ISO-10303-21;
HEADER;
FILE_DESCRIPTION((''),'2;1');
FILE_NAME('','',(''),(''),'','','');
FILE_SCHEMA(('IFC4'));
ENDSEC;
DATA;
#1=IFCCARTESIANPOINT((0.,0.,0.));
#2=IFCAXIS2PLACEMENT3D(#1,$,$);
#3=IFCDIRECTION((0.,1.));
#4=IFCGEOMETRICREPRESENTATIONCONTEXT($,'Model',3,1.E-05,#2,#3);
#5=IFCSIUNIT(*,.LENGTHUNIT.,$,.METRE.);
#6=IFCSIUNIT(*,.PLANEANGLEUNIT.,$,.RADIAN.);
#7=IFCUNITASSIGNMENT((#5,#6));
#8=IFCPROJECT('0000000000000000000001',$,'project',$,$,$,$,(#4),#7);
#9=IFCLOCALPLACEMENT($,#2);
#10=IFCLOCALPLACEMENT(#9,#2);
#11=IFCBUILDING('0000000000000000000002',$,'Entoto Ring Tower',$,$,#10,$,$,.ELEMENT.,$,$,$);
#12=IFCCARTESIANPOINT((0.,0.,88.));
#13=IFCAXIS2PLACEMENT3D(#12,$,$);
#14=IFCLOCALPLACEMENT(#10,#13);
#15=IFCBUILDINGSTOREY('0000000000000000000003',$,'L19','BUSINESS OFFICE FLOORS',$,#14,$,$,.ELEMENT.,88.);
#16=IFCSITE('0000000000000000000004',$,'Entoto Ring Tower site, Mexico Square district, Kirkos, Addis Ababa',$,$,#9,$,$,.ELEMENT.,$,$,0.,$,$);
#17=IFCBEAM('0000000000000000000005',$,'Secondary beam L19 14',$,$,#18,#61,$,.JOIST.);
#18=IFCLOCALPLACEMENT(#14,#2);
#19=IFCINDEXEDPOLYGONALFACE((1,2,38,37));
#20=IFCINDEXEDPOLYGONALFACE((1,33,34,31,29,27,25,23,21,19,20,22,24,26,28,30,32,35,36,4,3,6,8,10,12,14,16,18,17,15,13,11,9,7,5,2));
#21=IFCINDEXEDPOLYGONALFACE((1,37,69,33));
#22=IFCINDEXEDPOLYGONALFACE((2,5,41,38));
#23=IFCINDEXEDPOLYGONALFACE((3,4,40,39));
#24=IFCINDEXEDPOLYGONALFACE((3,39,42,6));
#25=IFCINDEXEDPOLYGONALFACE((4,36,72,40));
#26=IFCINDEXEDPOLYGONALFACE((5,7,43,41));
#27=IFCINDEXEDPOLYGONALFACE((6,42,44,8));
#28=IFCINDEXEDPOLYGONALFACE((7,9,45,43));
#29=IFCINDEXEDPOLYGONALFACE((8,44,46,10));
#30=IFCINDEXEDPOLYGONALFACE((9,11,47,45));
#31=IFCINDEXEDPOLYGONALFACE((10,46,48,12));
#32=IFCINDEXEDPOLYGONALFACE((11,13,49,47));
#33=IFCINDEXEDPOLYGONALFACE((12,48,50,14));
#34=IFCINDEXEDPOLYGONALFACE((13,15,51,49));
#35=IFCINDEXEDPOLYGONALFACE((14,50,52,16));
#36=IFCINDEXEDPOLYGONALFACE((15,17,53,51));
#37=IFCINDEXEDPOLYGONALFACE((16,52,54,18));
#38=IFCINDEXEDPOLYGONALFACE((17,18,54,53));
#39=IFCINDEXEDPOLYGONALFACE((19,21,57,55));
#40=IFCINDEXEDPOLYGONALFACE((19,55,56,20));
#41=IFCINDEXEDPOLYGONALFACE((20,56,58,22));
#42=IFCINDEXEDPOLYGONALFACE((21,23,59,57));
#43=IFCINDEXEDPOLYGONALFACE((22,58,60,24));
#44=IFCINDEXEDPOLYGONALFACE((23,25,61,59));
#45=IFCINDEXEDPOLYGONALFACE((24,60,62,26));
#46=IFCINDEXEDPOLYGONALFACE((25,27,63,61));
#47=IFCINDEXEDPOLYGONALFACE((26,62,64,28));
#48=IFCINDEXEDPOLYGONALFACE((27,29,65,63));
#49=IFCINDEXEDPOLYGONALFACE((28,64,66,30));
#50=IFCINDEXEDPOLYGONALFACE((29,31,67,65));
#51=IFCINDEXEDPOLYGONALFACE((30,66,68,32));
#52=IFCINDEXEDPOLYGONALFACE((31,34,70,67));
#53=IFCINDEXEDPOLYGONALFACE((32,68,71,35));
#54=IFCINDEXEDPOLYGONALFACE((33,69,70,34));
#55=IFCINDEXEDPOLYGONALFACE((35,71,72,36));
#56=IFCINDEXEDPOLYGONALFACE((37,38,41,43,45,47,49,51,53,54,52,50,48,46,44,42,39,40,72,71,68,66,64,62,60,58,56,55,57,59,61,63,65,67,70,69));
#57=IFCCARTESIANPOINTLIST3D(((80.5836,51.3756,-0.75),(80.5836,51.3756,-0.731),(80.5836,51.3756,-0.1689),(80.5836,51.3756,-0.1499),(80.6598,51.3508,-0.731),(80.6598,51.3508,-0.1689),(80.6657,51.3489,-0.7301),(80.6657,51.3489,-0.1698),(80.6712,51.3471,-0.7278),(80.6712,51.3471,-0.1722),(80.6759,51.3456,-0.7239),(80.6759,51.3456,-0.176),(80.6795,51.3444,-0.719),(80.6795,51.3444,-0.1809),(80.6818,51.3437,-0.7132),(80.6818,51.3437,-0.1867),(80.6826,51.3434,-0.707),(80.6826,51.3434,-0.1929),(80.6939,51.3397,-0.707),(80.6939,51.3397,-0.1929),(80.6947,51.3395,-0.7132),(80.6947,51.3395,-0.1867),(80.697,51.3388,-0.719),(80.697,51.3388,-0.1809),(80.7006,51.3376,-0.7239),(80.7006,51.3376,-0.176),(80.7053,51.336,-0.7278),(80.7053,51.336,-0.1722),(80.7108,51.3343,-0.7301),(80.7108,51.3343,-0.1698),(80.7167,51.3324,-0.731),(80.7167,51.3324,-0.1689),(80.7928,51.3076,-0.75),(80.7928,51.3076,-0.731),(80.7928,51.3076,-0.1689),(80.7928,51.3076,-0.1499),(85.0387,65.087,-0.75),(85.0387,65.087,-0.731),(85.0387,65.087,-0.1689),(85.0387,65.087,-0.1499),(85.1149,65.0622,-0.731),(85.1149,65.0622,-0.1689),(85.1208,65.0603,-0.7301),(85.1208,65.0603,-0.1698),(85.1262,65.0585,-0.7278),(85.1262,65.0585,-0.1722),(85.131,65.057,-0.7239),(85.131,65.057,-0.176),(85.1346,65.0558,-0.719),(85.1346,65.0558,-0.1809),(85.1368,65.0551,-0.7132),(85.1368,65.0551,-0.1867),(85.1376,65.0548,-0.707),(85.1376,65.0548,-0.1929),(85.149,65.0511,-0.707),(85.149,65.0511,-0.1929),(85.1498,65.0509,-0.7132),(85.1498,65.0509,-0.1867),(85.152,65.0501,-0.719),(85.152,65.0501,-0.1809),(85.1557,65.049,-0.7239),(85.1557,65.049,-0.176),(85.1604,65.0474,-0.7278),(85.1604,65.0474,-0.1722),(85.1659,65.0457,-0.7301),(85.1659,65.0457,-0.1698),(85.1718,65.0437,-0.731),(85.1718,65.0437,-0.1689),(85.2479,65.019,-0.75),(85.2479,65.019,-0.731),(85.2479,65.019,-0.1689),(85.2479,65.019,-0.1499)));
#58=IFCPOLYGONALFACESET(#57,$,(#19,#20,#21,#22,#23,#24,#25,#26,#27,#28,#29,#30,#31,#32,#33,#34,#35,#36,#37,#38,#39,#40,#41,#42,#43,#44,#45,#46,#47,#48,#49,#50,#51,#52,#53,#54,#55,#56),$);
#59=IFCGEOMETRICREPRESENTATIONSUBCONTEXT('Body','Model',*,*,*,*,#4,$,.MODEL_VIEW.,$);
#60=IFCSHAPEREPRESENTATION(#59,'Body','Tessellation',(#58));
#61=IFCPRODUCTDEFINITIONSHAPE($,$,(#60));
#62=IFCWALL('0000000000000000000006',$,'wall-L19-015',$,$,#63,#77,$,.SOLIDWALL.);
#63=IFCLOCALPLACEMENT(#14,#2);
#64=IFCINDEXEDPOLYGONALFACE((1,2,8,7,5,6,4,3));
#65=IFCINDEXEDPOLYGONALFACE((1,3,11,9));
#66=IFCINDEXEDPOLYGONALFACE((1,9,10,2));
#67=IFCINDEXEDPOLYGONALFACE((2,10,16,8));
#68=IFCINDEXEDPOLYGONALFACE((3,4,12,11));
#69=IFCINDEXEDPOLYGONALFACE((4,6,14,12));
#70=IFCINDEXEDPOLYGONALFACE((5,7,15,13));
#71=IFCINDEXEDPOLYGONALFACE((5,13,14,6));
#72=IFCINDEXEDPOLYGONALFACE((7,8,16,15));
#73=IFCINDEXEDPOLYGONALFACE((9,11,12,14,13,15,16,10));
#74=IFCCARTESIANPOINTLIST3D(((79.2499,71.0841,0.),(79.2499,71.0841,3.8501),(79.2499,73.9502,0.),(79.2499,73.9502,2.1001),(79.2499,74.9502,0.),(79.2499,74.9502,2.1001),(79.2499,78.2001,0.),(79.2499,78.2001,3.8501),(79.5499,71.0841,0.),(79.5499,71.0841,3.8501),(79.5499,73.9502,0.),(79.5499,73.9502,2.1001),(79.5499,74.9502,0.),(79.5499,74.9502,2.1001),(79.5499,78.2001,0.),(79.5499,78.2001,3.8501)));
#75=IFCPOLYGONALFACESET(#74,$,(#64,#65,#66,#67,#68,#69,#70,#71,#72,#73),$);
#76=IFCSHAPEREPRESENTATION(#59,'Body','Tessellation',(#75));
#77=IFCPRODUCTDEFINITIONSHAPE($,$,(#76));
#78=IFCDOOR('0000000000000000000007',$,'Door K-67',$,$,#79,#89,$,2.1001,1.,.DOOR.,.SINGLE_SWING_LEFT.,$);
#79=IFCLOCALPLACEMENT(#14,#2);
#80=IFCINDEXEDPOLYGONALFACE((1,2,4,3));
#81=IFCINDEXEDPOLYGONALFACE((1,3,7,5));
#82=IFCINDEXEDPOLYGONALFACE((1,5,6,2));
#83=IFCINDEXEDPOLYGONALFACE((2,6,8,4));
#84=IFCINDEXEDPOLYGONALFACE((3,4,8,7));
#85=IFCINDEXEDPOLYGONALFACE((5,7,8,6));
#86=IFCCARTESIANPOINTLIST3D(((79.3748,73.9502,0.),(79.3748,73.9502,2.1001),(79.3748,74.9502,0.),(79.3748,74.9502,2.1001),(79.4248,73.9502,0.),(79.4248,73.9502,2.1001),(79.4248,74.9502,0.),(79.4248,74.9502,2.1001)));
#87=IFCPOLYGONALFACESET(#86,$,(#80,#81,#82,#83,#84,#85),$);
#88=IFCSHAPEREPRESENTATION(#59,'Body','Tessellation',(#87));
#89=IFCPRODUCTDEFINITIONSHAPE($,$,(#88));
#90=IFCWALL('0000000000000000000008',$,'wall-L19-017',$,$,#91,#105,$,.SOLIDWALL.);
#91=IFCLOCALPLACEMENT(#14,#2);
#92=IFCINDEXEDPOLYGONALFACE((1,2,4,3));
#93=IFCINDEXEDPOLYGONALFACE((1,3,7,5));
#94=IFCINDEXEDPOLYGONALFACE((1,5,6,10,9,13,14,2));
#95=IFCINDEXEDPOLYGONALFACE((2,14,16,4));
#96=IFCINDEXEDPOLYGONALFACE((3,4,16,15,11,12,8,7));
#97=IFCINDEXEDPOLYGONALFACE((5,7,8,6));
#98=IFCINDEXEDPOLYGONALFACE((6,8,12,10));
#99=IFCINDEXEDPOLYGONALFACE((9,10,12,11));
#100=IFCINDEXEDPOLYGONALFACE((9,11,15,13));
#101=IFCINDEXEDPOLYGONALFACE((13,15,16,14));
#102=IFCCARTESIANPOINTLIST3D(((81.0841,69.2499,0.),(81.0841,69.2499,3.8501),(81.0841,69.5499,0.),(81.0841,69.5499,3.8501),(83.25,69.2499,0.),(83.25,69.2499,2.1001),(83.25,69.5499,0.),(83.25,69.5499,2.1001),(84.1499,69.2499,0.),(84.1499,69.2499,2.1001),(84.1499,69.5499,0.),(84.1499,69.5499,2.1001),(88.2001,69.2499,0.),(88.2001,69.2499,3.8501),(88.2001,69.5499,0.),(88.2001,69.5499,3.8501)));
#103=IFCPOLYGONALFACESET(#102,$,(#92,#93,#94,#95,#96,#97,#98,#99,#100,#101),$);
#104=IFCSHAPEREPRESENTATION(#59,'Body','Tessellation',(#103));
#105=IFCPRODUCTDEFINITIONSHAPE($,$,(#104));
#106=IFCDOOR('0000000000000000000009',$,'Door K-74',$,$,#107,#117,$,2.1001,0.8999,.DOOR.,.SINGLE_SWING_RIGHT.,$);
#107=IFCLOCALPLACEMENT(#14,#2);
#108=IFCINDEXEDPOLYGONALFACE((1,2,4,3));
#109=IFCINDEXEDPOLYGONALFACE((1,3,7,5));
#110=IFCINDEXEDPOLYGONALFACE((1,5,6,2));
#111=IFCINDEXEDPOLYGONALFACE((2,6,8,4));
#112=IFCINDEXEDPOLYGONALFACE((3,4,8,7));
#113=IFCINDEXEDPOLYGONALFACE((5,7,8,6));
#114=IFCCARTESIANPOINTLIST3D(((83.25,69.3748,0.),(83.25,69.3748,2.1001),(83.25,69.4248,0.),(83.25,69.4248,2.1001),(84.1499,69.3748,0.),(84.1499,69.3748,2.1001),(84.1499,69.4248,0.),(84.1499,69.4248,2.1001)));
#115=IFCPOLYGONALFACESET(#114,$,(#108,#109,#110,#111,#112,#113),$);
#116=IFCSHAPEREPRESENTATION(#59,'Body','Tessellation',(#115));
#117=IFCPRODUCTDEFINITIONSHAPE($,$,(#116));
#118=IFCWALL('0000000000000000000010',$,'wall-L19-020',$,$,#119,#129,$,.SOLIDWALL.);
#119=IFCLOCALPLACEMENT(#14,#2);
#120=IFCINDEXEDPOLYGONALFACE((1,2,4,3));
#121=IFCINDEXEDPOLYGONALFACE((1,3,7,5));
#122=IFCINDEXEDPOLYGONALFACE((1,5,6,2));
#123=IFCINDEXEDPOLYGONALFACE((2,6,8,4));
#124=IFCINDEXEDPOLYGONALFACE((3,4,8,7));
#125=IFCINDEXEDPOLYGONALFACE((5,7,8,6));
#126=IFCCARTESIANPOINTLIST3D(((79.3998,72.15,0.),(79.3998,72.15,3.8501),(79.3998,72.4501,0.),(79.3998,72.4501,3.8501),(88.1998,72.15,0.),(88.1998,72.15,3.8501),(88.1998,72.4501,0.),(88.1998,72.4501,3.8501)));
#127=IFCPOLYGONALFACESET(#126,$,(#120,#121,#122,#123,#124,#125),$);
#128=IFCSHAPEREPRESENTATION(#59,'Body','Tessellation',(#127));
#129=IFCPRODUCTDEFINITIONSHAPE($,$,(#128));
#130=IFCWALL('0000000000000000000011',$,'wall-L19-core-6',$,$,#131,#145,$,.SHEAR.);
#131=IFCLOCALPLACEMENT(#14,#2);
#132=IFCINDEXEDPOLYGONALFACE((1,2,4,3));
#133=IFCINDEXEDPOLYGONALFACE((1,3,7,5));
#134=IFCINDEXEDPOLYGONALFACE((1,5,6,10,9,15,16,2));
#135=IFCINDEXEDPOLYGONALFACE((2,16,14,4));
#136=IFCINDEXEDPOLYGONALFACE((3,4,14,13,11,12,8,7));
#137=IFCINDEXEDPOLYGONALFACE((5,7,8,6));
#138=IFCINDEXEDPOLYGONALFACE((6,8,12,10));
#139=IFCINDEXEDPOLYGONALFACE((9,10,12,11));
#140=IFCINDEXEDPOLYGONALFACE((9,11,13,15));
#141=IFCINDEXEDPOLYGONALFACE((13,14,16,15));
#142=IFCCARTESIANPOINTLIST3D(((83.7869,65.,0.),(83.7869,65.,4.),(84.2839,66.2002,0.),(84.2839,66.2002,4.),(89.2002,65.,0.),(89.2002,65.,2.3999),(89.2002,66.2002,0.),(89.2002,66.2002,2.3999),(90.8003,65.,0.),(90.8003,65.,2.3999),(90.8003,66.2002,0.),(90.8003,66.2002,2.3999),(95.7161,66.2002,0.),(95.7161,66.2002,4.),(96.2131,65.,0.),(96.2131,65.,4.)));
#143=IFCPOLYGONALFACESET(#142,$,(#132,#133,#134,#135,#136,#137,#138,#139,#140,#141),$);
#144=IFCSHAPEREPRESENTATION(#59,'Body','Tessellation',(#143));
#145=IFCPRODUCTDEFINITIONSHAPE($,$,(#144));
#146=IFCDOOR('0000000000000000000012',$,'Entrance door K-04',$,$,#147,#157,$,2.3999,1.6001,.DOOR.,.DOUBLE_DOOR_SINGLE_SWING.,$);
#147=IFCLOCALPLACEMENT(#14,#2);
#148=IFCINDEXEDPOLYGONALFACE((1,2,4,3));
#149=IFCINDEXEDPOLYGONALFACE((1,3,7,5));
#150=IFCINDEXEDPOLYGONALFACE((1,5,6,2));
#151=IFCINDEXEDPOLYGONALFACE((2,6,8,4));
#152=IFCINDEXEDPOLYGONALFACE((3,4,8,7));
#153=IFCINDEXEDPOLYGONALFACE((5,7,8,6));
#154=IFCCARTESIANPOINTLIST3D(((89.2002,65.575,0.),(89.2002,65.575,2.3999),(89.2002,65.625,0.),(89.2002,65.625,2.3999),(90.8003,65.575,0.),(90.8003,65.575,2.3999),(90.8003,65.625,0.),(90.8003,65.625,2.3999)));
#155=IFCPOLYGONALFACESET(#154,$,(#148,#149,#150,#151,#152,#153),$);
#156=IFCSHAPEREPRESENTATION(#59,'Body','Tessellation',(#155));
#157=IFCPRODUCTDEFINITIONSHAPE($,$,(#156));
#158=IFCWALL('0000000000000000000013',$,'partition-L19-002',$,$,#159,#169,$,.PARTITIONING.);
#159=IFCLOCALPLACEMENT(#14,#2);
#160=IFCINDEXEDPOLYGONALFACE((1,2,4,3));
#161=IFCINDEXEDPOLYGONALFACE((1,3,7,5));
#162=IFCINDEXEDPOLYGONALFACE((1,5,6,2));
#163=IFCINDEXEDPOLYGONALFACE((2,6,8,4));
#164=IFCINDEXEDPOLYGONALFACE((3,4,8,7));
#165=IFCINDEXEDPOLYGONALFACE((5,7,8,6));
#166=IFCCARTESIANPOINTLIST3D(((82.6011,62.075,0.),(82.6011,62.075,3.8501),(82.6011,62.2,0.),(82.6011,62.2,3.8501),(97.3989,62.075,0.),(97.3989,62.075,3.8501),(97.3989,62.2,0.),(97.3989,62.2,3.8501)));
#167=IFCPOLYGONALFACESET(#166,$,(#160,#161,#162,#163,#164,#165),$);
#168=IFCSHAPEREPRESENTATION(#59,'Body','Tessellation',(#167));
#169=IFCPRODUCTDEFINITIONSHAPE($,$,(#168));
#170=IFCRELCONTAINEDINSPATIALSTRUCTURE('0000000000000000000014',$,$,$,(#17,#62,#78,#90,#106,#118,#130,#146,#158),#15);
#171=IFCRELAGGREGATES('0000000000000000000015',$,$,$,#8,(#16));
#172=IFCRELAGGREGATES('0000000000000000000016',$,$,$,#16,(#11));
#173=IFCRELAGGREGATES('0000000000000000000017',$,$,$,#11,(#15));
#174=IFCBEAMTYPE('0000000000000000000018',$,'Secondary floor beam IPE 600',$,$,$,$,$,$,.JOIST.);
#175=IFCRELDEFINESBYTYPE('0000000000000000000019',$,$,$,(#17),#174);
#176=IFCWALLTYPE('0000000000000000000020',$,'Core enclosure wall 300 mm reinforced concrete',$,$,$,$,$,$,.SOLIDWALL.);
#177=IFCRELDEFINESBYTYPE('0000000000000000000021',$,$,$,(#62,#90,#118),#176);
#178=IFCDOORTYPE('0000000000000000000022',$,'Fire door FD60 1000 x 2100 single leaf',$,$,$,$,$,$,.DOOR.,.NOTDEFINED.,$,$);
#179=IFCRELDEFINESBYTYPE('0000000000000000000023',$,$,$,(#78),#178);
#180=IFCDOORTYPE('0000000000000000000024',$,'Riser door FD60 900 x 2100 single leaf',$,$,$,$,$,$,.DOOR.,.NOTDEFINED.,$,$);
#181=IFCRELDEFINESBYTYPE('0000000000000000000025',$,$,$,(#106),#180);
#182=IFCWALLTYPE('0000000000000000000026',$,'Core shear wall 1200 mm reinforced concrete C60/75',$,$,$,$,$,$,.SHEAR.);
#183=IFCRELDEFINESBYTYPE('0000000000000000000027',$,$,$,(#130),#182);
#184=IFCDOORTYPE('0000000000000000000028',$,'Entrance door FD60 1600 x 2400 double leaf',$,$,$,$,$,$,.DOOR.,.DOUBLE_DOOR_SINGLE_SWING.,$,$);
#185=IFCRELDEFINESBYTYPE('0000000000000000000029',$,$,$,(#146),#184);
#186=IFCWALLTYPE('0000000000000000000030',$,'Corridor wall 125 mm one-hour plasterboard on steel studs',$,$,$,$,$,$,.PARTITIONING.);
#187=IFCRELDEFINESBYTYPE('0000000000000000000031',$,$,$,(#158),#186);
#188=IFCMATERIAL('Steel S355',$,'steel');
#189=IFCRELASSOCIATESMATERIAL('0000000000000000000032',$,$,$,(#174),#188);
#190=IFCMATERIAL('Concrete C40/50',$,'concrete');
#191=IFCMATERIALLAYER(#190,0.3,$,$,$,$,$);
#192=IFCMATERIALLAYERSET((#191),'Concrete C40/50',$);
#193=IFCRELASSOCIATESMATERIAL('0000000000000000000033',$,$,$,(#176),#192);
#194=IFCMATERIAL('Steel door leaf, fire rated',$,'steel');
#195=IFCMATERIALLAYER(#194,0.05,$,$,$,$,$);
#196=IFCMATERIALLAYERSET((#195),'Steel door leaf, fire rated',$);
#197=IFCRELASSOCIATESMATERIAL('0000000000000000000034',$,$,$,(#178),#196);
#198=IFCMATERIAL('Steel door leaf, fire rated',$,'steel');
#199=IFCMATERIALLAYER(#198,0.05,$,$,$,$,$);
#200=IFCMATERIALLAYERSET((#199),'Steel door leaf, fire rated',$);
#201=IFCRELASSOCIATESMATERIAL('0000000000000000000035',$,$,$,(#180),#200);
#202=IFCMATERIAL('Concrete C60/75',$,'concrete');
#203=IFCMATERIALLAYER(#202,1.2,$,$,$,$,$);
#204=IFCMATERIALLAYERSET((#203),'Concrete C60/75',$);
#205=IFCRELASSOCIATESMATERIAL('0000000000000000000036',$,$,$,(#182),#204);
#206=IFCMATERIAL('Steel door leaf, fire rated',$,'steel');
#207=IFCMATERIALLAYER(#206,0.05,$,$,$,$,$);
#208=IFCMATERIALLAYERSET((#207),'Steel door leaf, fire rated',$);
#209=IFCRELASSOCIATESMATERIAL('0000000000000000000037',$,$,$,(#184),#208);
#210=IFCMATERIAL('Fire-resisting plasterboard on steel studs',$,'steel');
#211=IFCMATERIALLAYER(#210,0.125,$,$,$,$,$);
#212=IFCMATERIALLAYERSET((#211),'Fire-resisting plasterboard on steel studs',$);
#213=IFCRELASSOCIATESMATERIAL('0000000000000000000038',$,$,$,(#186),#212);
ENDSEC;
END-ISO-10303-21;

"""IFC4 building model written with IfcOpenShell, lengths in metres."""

from ifc_helpers import new_model, si_unit, direction, frame, frame_2d, origin, origin_2d, place, context, subcontext, project, spatial, polyline, rectangle, i_section, outline, extrude, material, layer, layer_set, material_profile, profile_set, type_object, element, fill, save


model = new_model("IFC4")

# Units and contexts
model_context = context("Model", 3, precision=1e-05, world=origin(), true_north=direction((0.0, 1.0)))
body_context = subcontext(model_context, "Body", "Model", "MODEL_VIEW")
ifc_project = project(units=[si_unit("LENGTHUNIT", "METRE"), si_unit("PLANEANGLEUNIT", "RADIAN")], contexts=[model_context])

# Site, building, storey
site_placement = place(None, origin())
site = spatial("IfcSite", under=ifc_project, at=site_placement, Name="Entoto Ring Tower site, Mexico Square district, Kirkos, Addis Ababa", CompositionType="ELEMENT", RefElevation=0.0)
building_placement = place(site_placement, origin())
building = spatial("IfcBuilding", under=site, at=building_placement, Name="Entoto Ring Tower", CompositionType="ELEMENT")
storey_placement = place(building_placement, frame((0.0, 0.0, 88.0)))
storey = spatial("IfcBuildingStorey", under=building, at=storey_placement, Name="L19", Description="BUSINESS OFFICE FLOORS", CompositionType="ELEMENT", Elevation=88.0)

# Beam
ifc_material_1 = material(Name="Steel S355", Category="steel")
ifc_material_profile_1 = material_profile(ifc_material_1, i_section(OverallWidth=0.22, OverallDepth=0.6001, WebThickness=0.012, FlangeThickness=0.019, FilletRadius=0.0239, at=origin_2d()), Name="IPE 600")
ifc_profile_set_1 = profile_set([ifc_material_profile_1], Name="Steel S355")
beam_type_1 = type_object("IfcBeamType", Name="Secondary floor beam IPE 600", PredefinedType="JOIST", material=ifc_profile_set_1)
beam_1_placement = place(storey_placement, frame((85.1433, 65.053, -0.45), z_axis=(-0.309015, -0.951057, 0.0), x_axis=(0.951057, -0.309015, 0.0)))
element("IfcBeam", 1, at=beam_1_placement, inside=storey, type_object=beam_type_1, Name="Secondary beam L19 14", PredefinedType="JOIST", context=body_context, shape_type="SweptSolid", body=[
    extrude(i_section(OverallWidth=0.22, OverallDepth=0.6001, WebThickness=0.012, FlangeThickness=0.019, FilletRadius=0.0239, at=origin_2d()), origin(), (0.0, 0.0, 1.0), 14.417),
])

# Walls, openings, doors
ifc_material_2 = material(Name="Concrete C40/50", Category="concrete")
ifc_layer_1 = layer(ifc_material_2, 0.3)
ifc_layer_set_1 = layer_set([ifc_layer_1], Name="Concrete C40/50")
wall_type_1 = type_object("IfcWallType", Name="Core enclosure wall 300 mm reinforced concrete", PredefinedType="SOLIDWALL", material=ifc_layer_set_1)
wall_1_placement = place(storey_placement, frame((79.3999, 71.084, 0.0), z_axis=(0.0, 0.0, 1.0), x_axis=(0.0, 1.0, 0.0)))
wall_1 = element("IfcWall", 2, at=wall_1_placement, inside=storey, type_object=wall_type_1, Name="wall-L19-015", PredefinedType="SOLIDWALL", context=body_context, shape_type="SweptSolid", body=[
    extrude(rectangle(XDim=7.116, YDim=0.3, at=frame_2d((3.5581, 0.0))), origin(), (0.0, 0.0, 1.0), 3.8501),
])
opening_1_placement = place(wall_1_placement, frame((2.8662, 0.0, 0.0)))
opening_1 = element("IfcOpeningElement", 3, at=opening_1_placement, cuts=wall_1, PredefinedType="OPENING", context=body_context, shape_type="SweptSolid", body=[
    extrude(rectangle(XDim=1.0, YDim=2.1001, at=frame_2d((0.5, 1.05))), frame((0.0, 0.1602, 0.0), z_axis=(0.0, -1.0, 0.0), x_axis=(1.0, 0.0, 0.0)), (0.0, 0.0, 1.0), 0.3201),
])
ifc_material_3 = material(Name="Steel door leaf, fire rated", Category="steel")
ifc_layer_2 = layer(ifc_material_3, 0.05)
ifc_layer_set_2 = layer_set([ifc_layer_2], Name="Steel door leaf, fire rated")
door_type_1 = type_object("IfcDoorType", Name="Fire door FD60 1000 x 2100 single leaf", OperationType="NOTDEFINED", PredefinedType="DOOR", material=ifc_layer_set_2)
door_1_placement = place(opening_1_placement, frame((1.0, 0.0, 0.0), z_axis=(0.0, 0.0, 1.0), x_axis=(-1.0, 0.0, 0.0)))
door_1 = element("IfcDoor", 4, at=door_1_placement, inside=storey, type_object=door_type_1, Name="Door K-67", OperationType="SINGLE_SWING_LEFT", OverallHeight=2.1001, OverallWidth=1.0, PredefinedType="DOOR", context=body_context, shape_type="SweptSolid", body=[
    extrude(rectangle(XDim=1.0, YDim=2.1001, at=frame_2d((0.5, 1.05))), frame((0.0, 0.0249, 0.0), z_axis=(0.0, -1.0, 0.0), x_axis=(1.0, 0.0, 0.0)), (0.0, 0.0, 1.0), 0.05),
])
fill(opening_1, door_1)
wall_2_placement = place(storey_placement, frame((81.084, 69.3999, 0.0), z_axis=(0.0, 0.0, 1.0), x_axis=(1.0, 0.0, 0.0)))
wall_2 = element("IfcWall", 5, at=wall_2_placement, inside=storey, type_object=wall_type_1, Name="wall-L19-017", PredefinedType="SOLIDWALL", context=body_context, shape_type="SweptSolid", body=[
    extrude(rectangle(XDim=7.116, YDim=0.3, at=frame_2d((3.5581, 0.0))), origin(), (0.0, 0.0, 1.0), 3.8501),
])
opening_2_placement = place(wall_2_placement, frame((2.166, 0.0, 0.0)))
opening_2 = element("IfcOpeningElement", 6, at=opening_2_placement, cuts=wall_2, PredefinedType="OPENING", context=body_context, shape_type="SweptSolid", body=[
    extrude(rectangle(XDim=0.8999, YDim=2.1001, at=frame_2d((0.45, 1.05))), frame((0.0, 0.1602, 0.0), z_axis=(0.0, -1.0, 0.0), x_axis=(1.0, 0.0, 0.0)), (0.0, 0.0, 1.0), 0.3201),
])
ifc_material_4 = material(Name="Steel door leaf, fire rated", Category="steel")
ifc_layer_3 = layer(ifc_material_4, 0.05)
ifc_layer_set_3 = layer_set([ifc_layer_3], Name="Steel door leaf, fire rated")
door_type_2 = type_object("IfcDoorType", Name="Riser door FD60 900 x 2100 single leaf", OperationType="NOTDEFINED", PredefinedType="DOOR", material=ifc_layer_set_3)
door_2_placement = place(opening_2_placement, origin())
door_2 = element("IfcDoor", 7, at=door_2_placement, inside=storey, type_object=door_type_2, Name="Door K-74", OperationType="SINGLE_SWING_RIGHT", OverallHeight=2.1001, OverallWidth=0.8999, PredefinedType="DOOR", context=body_context, shape_type="SweptSolid", body=[
    extrude(rectangle(XDim=0.8999, YDim=2.1001, at=frame_2d((0.45, 1.05))), frame((0.0, 0.0249, 0.0), z_axis=(0.0, -1.0, 0.0), x_axis=(1.0, 0.0, 0.0)), (0.0, 0.0, 1.0), 0.05),
])
fill(opening_2, door_2)

# Wall
wall_3_placement = place(storey_placement, frame((79.3999, 72.3, 0.0), z_axis=(0.0, 0.0, 1.0), x_axis=(1.0, 0.0, 0.0)))
element("IfcWall", 8, at=wall_3_placement, inside=storey, type_object=wall_type_1, Name="wall-L19-020", PredefinedType="SOLIDWALL", context=body_context, shape_type="SweptSolid", body=[
    extrude(rectangle(XDim=8.8, YDim=0.3, at=frame_2d((4.3999, 0.0))), origin(), (0.0, 0.0, 1.0), 3.8501),
])

# Wall, opening, door
ifc_material_5 = material(Name="Concrete C60/75", Category="concrete")
ifc_layer_4 = layer(ifc_material_5, 1.2)
ifc_layer_set_4 = layer_set([ifc_layer_4], Name="Concrete C60/75")
wall_type_2 = type_object("IfcWallType", Name="Core shear wall 1200 mm reinforced concrete C60/75", PredefinedType="SHEAR", material=ifc_layer_set_4)
wall_4_placement = place(storey_placement, frame((84.0354, 65.6001, 0.0), z_axis=(0.0, 0.0, 1.0), x_axis=(1.0, 0.0, 0.0)))
wall_4 = element("IfcWall", 9, at=wall_4_placement, inside=storey, type_object=wall_type_2, Name="wall-L19-core-6", PredefinedType="SHEAR", context=body_context, shape_type="SweptSolid", body=[
    extrude(outline(polyline([(-0.2485, -0.6001), (12.1777, -0.6001), (11.6807, 0.6001), (0.2485, 0.6001), (-0.2485, -0.6001)])), origin(), (0.0, 0.0, 1.0), 4.0),
])
opening_3_placement = place(wall_4_placement, frame((5.1648, 0.0, 0.0)))
opening_3 = element("IfcOpeningElement", 10, at=opening_3_placement, cuts=wall_4, PredefinedType="OPENING", context=body_context, shape_type="SweptSolid", body=[
    extrude(rectangle(XDim=1.6001, YDim=2.3999, at=frame_2d((0.8, 1.2))), frame((0.0, 0.6099, 0.0), z_axis=(0.0, -1.0, 0.0), x_axis=(1.0, 0.0, 0.0)), (0.0, 0.0, 1.0), 1.22),
])
ifc_material_6 = material(Name="Steel door leaf, fire rated", Category="steel")
ifc_layer_5 = layer(ifc_material_6, 0.05)
ifc_layer_set_5 = layer_set([ifc_layer_5], Name="Steel door leaf, fire rated")
door_type_3 = type_object("IfcDoorType", Name="Entrance door FD60 1600 x 2400 double leaf", OperationType="DOUBLE_DOOR_SINGLE_SWING", PredefinedType="DOOR", material=ifc_layer_set_5)
door_3_placement = place(opening_3_placement, origin())
door_3 = element("IfcDoor", 11, at=door_3_placement, inside=storey, type_object=door_type_3, Name="Entrance door K-04", OperationType="DOUBLE_DOOR_SINGLE_SWING", OverallHeight=2.3999, OverallWidth=1.6001, PredefinedType="DOOR", context=body_context, shape_type="SweptSolid", body=[
    extrude(rectangle(XDim=1.6001, YDim=2.3999, at=frame_2d((0.8, 1.2))), frame((0.0, 0.0249, 0.0), z_axis=(0.0, -1.0, 0.0), x_axis=(1.0, 0.0, 0.0)), (0.0, 0.0, 1.0), 0.05),
])
fill(opening_3, door_3)

# Wall
ifc_material_7 = material(Name="Fire-resisting plasterboard on steel studs", Category="steel")
ifc_layer_6 = layer(ifc_material_7, 0.125)
ifc_layer_set_6 = layer_set([ifc_layer_6], Name="Fire-resisting plasterboard on steel studs")
wall_type_3 = type_object("IfcWallType", Name="Corridor wall 125 mm one-hour plasterboard on steel studs", PredefinedType="PARTITIONING", material=ifc_layer_set_6)
wall_5_placement = place(storey_placement, frame((82.6011, 62.1375, 0.0), z_axis=(0.0, 0.0, 1.0), x_axis=(1.0, 0.0, 0.0)))
element("IfcWall", 12, at=wall_5_placement, inside=storey, type_object=wall_type_3, Name="partition-L19-002", PredefinedType="PARTITIONING", context=body_context, shape_type="SweptSolid", body=[
    extrude(rectangle(XDim=14.7979, YDim=0.125, at=frame_2d((7.3989, 0.0))), origin(), (0.0, 0.0, 1.0), 3.8501),
])

save(model, "model.ifc")
